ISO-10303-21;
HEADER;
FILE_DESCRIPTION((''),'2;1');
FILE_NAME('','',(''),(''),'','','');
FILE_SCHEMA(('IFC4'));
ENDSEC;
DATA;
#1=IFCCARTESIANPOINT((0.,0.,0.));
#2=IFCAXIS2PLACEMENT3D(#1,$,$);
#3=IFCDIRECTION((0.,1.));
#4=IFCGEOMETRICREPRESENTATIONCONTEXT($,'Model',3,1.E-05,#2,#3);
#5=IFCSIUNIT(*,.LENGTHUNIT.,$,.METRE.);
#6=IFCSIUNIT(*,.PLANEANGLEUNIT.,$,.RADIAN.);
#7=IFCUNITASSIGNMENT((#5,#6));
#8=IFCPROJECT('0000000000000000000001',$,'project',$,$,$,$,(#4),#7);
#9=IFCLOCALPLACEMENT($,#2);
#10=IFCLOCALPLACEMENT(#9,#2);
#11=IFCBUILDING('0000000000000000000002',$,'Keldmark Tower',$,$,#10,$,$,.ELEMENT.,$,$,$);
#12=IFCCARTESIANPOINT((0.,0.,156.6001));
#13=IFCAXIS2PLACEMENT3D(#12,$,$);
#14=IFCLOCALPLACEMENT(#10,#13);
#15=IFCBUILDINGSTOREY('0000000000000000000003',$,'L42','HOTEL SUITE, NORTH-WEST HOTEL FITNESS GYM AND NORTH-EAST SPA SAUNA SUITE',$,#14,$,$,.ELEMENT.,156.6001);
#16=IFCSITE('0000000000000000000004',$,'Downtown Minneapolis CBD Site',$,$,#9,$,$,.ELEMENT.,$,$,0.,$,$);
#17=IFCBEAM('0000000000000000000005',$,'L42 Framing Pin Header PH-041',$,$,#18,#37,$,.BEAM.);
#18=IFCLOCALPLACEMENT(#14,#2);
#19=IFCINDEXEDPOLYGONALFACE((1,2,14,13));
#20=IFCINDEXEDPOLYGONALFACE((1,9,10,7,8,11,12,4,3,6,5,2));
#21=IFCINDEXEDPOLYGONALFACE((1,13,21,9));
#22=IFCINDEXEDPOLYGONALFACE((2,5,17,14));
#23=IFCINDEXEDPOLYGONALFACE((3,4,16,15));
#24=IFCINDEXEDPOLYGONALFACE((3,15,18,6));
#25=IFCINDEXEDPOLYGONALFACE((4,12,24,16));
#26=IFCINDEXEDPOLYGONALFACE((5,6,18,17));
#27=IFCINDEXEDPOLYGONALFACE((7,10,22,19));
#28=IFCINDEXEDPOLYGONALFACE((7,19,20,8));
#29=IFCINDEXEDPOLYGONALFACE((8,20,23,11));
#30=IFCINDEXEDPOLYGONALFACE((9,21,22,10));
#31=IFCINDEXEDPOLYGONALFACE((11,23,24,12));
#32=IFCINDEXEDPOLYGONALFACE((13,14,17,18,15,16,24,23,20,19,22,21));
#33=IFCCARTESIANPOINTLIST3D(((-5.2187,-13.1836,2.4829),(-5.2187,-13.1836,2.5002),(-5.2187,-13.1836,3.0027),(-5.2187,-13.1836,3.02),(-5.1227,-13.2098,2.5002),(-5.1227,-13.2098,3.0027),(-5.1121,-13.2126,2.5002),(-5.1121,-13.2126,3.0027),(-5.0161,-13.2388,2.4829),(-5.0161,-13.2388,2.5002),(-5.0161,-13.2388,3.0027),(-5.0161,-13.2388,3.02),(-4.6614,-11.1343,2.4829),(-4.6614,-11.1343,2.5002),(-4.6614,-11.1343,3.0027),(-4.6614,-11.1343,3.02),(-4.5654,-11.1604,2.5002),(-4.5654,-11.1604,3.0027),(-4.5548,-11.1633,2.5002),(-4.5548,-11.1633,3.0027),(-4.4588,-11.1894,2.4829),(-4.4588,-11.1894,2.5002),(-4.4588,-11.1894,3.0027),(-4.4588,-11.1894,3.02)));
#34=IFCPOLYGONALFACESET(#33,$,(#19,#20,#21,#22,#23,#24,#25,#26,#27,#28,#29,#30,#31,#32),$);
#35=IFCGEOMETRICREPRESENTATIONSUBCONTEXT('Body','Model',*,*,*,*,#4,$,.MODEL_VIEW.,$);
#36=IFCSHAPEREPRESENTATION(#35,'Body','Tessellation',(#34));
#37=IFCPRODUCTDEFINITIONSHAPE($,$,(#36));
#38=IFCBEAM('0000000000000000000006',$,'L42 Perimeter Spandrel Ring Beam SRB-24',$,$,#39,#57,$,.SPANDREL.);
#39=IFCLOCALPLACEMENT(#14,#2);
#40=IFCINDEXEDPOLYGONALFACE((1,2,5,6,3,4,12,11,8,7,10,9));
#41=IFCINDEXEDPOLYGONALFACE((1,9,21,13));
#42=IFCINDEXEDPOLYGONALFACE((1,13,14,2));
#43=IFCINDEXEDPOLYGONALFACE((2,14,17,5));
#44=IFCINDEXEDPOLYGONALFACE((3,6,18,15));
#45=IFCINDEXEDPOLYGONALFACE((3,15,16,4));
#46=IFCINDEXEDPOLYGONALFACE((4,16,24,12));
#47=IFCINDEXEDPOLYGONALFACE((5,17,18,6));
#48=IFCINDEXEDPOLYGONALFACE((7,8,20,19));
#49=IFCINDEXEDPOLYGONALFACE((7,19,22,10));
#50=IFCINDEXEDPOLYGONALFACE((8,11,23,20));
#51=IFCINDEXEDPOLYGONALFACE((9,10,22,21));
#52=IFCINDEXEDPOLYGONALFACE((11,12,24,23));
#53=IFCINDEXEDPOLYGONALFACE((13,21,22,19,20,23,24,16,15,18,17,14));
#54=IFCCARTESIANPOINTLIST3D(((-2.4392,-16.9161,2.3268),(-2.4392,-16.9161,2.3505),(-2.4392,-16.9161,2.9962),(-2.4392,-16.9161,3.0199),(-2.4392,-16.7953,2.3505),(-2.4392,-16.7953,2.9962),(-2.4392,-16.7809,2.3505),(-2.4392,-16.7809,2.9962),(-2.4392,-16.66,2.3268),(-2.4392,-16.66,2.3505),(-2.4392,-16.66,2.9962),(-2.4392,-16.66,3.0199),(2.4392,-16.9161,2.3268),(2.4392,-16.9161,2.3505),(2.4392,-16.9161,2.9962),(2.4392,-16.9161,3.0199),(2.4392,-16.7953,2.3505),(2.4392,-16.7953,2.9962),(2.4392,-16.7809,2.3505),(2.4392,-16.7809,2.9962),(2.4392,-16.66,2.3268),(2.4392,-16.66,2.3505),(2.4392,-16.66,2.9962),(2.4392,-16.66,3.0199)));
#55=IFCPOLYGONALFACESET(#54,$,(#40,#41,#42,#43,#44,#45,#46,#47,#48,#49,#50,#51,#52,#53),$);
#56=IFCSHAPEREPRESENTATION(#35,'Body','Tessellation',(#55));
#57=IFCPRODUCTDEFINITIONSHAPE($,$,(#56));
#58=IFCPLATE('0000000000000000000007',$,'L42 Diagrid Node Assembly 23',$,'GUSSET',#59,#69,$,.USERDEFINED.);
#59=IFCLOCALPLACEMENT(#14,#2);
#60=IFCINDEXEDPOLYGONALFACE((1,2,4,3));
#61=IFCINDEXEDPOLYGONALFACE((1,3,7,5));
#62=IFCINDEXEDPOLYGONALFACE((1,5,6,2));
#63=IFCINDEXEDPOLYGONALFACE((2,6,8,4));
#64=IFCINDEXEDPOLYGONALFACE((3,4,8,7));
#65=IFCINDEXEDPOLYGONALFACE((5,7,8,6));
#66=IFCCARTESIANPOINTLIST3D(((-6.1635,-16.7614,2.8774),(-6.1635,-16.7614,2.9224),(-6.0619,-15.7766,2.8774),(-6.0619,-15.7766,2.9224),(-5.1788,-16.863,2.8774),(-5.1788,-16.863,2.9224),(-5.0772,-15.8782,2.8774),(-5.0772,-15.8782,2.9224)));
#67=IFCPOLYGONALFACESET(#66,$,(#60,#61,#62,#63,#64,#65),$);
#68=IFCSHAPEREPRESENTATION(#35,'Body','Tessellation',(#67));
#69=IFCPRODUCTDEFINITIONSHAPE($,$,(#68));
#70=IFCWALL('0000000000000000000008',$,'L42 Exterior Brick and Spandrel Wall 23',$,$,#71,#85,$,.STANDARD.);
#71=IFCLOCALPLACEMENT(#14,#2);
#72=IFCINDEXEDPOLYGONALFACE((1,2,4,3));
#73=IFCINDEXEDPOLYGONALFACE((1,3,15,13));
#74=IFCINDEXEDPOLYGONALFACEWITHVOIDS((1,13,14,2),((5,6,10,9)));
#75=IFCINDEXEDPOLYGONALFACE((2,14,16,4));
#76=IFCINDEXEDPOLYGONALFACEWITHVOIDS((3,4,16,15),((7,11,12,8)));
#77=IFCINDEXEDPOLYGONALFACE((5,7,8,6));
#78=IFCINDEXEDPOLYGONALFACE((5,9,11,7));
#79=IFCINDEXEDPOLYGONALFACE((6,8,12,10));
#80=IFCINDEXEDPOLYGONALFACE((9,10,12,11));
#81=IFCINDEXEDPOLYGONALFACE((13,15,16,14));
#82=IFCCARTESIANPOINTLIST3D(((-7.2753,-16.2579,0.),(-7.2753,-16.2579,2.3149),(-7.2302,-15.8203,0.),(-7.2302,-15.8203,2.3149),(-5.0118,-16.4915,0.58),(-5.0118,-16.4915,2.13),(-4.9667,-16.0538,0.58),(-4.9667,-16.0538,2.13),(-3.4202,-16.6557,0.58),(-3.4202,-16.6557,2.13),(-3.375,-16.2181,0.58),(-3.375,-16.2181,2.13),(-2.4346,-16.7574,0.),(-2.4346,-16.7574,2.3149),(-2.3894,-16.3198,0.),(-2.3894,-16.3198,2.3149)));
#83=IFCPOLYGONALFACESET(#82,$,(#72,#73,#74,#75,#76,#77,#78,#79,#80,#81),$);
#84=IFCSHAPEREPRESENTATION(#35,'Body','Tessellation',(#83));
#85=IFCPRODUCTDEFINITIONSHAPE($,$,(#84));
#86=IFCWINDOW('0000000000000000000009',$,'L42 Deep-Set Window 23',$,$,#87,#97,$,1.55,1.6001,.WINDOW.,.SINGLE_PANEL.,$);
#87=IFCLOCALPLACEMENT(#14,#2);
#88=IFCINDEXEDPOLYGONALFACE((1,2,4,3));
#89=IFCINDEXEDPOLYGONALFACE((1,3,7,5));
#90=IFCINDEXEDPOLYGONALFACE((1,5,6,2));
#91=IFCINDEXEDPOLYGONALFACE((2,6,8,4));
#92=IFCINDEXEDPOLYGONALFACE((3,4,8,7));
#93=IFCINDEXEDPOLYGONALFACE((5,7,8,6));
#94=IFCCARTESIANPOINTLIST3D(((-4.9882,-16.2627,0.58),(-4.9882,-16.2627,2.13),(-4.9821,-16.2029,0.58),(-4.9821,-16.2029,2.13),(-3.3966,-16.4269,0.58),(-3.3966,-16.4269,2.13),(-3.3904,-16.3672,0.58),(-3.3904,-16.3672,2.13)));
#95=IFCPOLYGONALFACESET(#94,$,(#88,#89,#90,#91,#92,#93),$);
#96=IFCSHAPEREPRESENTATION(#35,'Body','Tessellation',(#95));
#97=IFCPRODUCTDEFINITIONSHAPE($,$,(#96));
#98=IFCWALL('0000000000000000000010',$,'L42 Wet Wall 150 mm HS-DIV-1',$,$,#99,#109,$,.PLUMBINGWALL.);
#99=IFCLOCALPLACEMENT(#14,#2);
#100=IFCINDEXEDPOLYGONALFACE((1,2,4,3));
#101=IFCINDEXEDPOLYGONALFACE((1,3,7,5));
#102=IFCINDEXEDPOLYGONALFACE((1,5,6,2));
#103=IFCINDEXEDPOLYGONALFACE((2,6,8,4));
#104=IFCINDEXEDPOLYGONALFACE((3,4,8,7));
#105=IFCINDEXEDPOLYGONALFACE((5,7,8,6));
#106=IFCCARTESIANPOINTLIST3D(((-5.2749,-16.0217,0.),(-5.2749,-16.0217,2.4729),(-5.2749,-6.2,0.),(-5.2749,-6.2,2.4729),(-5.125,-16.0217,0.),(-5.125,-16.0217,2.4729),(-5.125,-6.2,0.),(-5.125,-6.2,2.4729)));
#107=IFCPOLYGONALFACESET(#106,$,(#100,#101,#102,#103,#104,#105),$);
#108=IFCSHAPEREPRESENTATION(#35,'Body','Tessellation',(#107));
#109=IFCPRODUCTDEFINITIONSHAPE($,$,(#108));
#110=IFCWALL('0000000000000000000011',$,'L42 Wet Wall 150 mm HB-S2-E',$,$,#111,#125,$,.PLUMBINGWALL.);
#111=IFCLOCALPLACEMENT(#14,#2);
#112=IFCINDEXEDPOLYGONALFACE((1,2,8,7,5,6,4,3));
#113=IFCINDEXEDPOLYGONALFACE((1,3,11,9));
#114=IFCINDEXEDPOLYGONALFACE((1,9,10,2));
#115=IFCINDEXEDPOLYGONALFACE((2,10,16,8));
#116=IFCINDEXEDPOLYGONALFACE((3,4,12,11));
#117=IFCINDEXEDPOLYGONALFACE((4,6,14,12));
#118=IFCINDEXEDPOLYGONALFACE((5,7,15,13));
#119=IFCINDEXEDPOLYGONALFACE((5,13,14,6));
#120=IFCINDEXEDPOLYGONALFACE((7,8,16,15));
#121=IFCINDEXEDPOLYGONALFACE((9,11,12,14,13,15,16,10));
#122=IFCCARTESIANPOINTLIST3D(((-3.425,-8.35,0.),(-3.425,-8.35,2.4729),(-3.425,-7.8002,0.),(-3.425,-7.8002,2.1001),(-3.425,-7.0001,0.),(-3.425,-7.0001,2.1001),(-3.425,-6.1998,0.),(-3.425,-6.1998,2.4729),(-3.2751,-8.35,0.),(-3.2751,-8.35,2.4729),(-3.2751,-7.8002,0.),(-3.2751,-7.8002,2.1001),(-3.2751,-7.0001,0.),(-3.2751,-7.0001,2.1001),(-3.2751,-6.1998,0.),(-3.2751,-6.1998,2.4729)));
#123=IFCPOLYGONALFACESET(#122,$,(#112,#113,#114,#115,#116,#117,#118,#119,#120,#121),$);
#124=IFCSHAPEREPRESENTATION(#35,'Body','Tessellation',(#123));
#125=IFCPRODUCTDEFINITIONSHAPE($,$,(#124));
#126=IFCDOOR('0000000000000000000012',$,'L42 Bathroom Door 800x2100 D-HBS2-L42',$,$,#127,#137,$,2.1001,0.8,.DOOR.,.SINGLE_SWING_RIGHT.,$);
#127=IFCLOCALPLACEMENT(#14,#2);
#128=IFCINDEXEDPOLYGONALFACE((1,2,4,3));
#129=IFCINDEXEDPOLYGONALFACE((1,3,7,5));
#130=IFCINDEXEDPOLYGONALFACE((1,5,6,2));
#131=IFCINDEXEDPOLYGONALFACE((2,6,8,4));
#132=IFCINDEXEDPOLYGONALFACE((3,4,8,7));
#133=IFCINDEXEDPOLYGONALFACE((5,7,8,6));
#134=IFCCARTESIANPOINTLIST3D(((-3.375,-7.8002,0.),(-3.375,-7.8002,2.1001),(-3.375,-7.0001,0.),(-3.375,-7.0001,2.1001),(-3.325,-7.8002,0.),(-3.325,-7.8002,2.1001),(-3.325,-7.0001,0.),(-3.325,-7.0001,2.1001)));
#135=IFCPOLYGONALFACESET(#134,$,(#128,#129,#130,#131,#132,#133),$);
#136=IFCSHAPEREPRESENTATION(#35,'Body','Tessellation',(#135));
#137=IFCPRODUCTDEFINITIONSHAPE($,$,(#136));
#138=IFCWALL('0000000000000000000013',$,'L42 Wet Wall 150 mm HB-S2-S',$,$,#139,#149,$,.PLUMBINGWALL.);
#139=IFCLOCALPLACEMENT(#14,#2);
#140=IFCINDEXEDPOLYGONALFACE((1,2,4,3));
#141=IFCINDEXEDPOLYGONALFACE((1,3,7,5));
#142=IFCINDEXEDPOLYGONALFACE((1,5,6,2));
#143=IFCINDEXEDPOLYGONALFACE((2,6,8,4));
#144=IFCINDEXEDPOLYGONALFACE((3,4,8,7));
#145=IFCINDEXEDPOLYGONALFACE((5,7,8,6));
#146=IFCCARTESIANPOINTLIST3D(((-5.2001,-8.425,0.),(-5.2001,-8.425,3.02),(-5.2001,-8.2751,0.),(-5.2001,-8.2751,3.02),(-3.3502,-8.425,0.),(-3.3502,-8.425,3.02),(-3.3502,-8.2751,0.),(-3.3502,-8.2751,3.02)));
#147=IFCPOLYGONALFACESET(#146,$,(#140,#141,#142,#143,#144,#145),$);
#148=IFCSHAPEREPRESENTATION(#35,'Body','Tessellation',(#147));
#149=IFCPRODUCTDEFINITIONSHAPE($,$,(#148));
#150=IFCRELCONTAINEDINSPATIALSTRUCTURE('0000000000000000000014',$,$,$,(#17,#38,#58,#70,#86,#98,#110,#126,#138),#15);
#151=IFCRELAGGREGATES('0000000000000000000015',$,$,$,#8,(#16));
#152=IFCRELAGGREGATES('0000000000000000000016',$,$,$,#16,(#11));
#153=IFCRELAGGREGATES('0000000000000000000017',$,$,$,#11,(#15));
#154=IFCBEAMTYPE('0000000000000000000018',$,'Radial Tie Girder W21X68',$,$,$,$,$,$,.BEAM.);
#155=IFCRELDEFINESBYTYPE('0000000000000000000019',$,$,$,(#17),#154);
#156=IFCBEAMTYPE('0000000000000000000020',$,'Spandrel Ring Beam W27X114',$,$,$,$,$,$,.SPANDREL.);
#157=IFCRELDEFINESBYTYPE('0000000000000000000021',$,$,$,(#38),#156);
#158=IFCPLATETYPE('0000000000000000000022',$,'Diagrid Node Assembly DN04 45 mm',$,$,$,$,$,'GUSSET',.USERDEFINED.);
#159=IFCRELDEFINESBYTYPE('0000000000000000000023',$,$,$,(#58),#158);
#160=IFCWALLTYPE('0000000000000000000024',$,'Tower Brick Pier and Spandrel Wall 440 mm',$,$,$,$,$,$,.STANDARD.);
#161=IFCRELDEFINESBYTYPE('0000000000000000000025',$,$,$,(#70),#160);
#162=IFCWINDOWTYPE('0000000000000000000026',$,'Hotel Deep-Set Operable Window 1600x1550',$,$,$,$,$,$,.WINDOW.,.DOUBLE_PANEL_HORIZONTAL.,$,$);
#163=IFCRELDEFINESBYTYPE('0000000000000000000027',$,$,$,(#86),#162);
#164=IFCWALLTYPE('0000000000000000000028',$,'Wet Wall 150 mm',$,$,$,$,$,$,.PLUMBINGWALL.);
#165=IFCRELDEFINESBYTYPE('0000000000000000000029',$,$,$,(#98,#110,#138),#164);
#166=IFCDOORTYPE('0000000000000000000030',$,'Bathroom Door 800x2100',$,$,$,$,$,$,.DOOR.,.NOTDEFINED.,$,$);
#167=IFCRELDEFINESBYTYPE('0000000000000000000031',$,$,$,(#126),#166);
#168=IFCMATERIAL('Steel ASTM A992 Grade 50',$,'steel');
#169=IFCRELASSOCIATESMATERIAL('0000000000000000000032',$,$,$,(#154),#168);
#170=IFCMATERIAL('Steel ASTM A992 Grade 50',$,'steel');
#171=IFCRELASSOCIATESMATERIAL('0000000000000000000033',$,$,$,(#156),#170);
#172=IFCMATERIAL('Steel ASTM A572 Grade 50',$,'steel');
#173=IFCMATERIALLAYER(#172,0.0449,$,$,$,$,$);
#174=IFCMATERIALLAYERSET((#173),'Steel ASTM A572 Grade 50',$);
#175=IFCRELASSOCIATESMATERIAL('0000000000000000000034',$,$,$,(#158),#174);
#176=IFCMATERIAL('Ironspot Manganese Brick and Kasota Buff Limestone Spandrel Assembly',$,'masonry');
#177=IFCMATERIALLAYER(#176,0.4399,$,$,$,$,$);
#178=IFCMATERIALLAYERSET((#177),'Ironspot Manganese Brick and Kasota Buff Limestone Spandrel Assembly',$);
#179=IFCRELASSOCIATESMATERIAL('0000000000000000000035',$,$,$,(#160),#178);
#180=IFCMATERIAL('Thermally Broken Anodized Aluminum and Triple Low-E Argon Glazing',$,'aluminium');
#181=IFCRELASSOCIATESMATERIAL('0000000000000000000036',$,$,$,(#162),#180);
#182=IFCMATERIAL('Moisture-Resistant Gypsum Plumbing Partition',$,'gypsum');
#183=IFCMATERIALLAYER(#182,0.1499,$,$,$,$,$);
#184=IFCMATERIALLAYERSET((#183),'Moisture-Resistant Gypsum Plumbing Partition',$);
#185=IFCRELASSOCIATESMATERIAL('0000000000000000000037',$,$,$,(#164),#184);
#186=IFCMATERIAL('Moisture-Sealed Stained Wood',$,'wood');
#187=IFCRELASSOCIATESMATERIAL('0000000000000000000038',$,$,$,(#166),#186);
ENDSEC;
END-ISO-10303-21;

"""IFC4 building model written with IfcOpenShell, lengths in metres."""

from ifc_helpers import new_model, si_unit, direction, frame, frame_2d, origin, origin_2d, place, context, subcontext, project, spatial, rectangle, i_section, extrude, material, layer, layer_set, material_profile, profile_set, type_object, element, fill, save


model = new_model("IFC4")

# Units and contexts
model_context = context("Model", 3, precision=1e-05, world=origin(), true_north=direction((0.0, 1.0)))
body_context = subcontext(model_context, "Body", "Model", "MODEL_VIEW")
ifc_project = project(units=[si_unit("LENGTHUNIT", "METRE"), si_unit("PLANEANGLEUNIT", "RADIAN")], contexts=[model_context])

# Site, building, storey
site_placement = place(None, origin())
site = spatial("IfcSite", under=ifc_project, at=site_placement, Name="Downtown Minneapolis CBD Site", CompositionType="ELEMENT", RefElevation=0.0)
building_placement = place(site_placement, origin())
building = spatial("IfcBuilding", under=site, at=building_placement, Name="Keldmark Tower", CompositionType="ELEMENT")
storey_placement = place(building_placement, frame((0.0, 0.0, 156.6001)))
storey = spatial("IfcBuildingStorey", under=building, at=storey_placement, Name="L42", Description="HOTEL SUITE, NORTH-WEST HOTEL FITNESS GYM AND NORTH-EAST SPA SAUNA SUITE", CompositionType="ELEMENT", Elevation=156.6001)

# Beams
ifc_material_1 = material(Name="Steel ASTM A992 Grade 50", Category="steel")
ifc_material_profile_1 = material_profile(ifc_material_1, i_section(OverallWidth=0.21, OverallDepth=0.5371, WebThickness=0.011, FlangeThickness=0.0173, at=origin_2d()), Name="W21X68")
ifc_profile_set_1 = profile_set([ifc_material_profile_1], Name="Steel ASTM A992 Grade 50")
beam_type_1 = type_object("IfcBeamType", Name="Radial Tie Girder W21X68", PredefinedType="BEAM", material=ifc_profile_set_1)
beam_1_placement = place(storey_placement, frame((-4.5601, -11.1619, 2.7515), z_axis=(-0.262446, -0.964947, 0.0), x_axis=(0.964947, -0.262446, 0.0)))
element("IfcBeam", 1, at=beam_1_placement, inside=storey, type_object=beam_type_1, Name="L42 Framing Pin Header PH-041", PredefinedType="BEAM", context=body_context, shape_type="SweptSolid", body=[
    extrude(i_section(OverallWidth=0.21, OverallDepth=0.5371, WebThickness=0.011, FlangeThickness=0.0173, at=origin_2d()), origin(), (0.0, 0.0, 1.0), 2.1238),
])
ifc_material_2 = material(Name="Steel ASTM A992 Grade 50", Category="steel")
ifc_material_profile_2 = material_profile(ifc_material_2, i_section(OverallWidth=0.2561, OverallDepth=0.6931, WebThickness=0.0144, FlangeThickness=0.0237, at=origin_2d()), Name="W27X114")
ifc_profile_set_2 = profile_set([ifc_material_profile_2], Name="Steel ASTM A992 Grade 50")
beam_type_2 = type_object("IfcBeamType", Name="Spandrel Ring Beam W27X114", PredefinedType="SPANDREL", material=ifc_profile_set_2)
beam_2_placement = place(storey_placement, frame((-2.4392, -16.7881, 2.6733), z_axis=(1.0, 0.0, 0.0), x_axis=(0.0, 1.0, 0.0)))
element("IfcBeam", 2, at=beam_2_placement, inside=storey, type_object=beam_type_2, Name="L42 Perimeter Spandrel Ring Beam SRB-24", PredefinedType="SPANDREL", context=body_context, shape_type="SweptSolid", body=[
    extrude(i_section(OverallWidth=0.2561, OverallDepth=0.6931, WebThickness=0.0144, FlangeThickness=0.0237, at=origin_2d()), origin(), (0.0, 0.0, 1.0), 4.8784),
])

# Plate
ifc_material_3 = material(Name="Steel ASTM A572 Grade 50", Category="steel")
ifc_layer_1 = layer(ifc_material_3, 0.0449)
ifc_layer_set_1 = layer_set([ifc_layer_1], Name="Steel ASTM A572 Grade 50")
plate_type = type_object("IfcPlateType", Name="Diagrid Node Assembly DN04 45 mm", ElementType="GUSSET", PredefinedType="USERDEFINED", material=ifc_layer_set_1)
plate_placement = place(storey_placement, frame((-5.6204, -16.3198, 2.8774), z_axis=(0.0, 0.0, 1.0), x_axis=(0.994721, -0.102619, 0.0)))
element("IfcPlate", 3, at=plate_placement, inside=storey, type_object=plate_type, Name="L42 Diagrid Node Assembly 23", ObjectType="GUSSET", PredefinedType="USERDEFINED", context=body_context, shape_type="SweptSolid", body=[
    extrude(rectangle(XDim=0.99, YDim=0.99, at=origin_2d()), origin(), (0.0, 0.0, 1.0), 0.0449),
])

# Wall, opening, window
ifc_material_4 = material(Name="Ironspot Manganese Brick and Kasota Buff Limestone Spandrel Assembly", Category="masonry")
ifc_layer_2 = layer(ifc_material_4, 0.4399)
ifc_layer_set_2 = layer_set([ifc_layer_2], Name="Ironspot Manganese Brick and Kasota Buff Limestone Spandrel Assembly")
wall_type_1 = type_object("IfcWallType", Name="Tower Brick Pier and Spandrel Wall 440 mm", PredefinedType="STANDARD", material=ifc_layer_set_2)
wall_1_placement = place(storey_placement, frame((-2.4121, -16.5386, 0.0), z_axis=(0.0, 0.0, 1.0), x_axis=(-0.994718, 0.102642, 0.0)))
wall_1 = element("IfcWall", 4, at=wall_1_placement, inside=storey, type_object=wall_type_1, Name="L42 Exterior Brick and Spandrel Wall 23", PredefinedType="STANDARD", context=body_context, shape_type="SweptSolid", body=[
    extrude(rectangle(XDim=4.8665, YDim=0.4399, at=frame_2d((2.4331, 0.0))), origin(), (0.0, 0.0, 1.0), 2.3149),
])
opening_1_placement = place(wall_1_placement, frame((0.9907, 0.0, 0.5801)))
opening_1 = element("IfcOpeningElement", 5, at=opening_1_placement, cuts=wall_1, PredefinedType="OPENING", context=body_context, shape_type="SweptSolid", body=[
    extrude(rectangle(XDim=1.6001, YDim=1.55, at=frame_2d((0.8, 0.7749))), frame((0.0, 0.23, 0.0), z_axis=(0.0, -1.0, 0.0), x_axis=(1.0, 0.0, 0.0)), (0.0, 0.0, 1.0), 0.46),
])
ifc_material_5 = material(Name="Thermally Broken Anodized Aluminum and Triple Low-E Argon Glazing", Category="aluminium")
window_type = type_object("IfcWindowType", Name="Hotel Deep-Set Operable Window 1600x1550", PartitioningType="DOUBLE_PANEL_HORIZONTAL", PredefinedType="WINDOW", material=ifc_material_5)
window_placement = place(opening_1_placement, origin())
window = element("IfcWindow", 6, at=window_placement, inside=storey, type_object=window_type, Name="L42 Deep-Set Window 23", OverallHeight=1.55, OverallWidth=1.6001, PartitioningType="SINGLE_PANEL", PredefinedType="WINDOW", context=body_context, shape_type="SweptSolid", body=[
    extrude(rectangle(XDim=1.6001, YDim=1.55, at=frame_2d((0.8, 0.7749))), frame((0.0, -0.01, 0.0), z_axis=(0.0, -1.0, 0.0), x_axis=(1.0, 0.0, 0.0)), (0.0, 0.0, 1.0), 0.0601),
])
fill(opening_1, window)

# Wall
ifc_material_6 = material(Name="Moisture-Resistant Gypsum Plumbing Partition", Category="gypsum")
ifc_layer_3 = layer(ifc_material_6, 0.1499)
ifc_layer_set_3 = layer_set([ifc_layer_3], Name="Moisture-Resistant Gypsum Plumbing Partition")
wall_type_2 = type_object("IfcWallType", Name="Wet Wall 150 mm", PredefinedType="PLUMBINGWALL", material=ifc_layer_set_3)
wall_2_placement = place(storey_placement, frame((-5.2, -16.0217, 0.0), z_axis=(0.0, 0.0, 1.0), x_axis=(0.0, 1.0, 0.0)))
element("IfcWall", 7, at=wall_2_placement, inside=storey, type_object=wall_type_2, Name="L42 Wet Wall 150 mm HS-DIV-1", PredefinedType="PLUMBINGWALL", context=body_context, shape_type="SweptSolid", body=[
    extrude(rectangle(XDim=9.8218, YDim=0.1499, at=frame_2d((4.9109, 0.0))), origin(), (0.0, 0.0, 1.0), 2.4729),
])

# Wall, opening, door
wall_3_placement = place(storey_placement, frame((-3.3501, -8.3501, 0.0), z_axis=(0.0, 0.0, 1.0), x_axis=(0.0, 1.0, 0.0)))
wall_3 = element("IfcWall", 8, at=wall_3_placement, inside=storey, type_object=wall_type_2, Name="L42 Wet Wall 150 mm HB-S2-E", PredefinedType="PLUMBINGWALL", context=body_context, shape_type="SweptSolid", body=[
    extrude(rectangle(XDim=2.1501, YDim=0.1499, at=frame_2d((1.0752, 0.0))), origin(), (0.0, 0.0, 1.0), 2.4729),
])
opening_2_placement = place(wall_3_placement, frame((0.55, 0.0, 0.0)))
opening_2 = element("IfcOpeningElement", 9, at=opening_2_placement, cuts=wall_3, PredefinedType="OPENING", context=body_context, shape_type="SweptSolid", body=[
    extrude(rectangle(XDim=0.8, YDim=2.1001, at=frame_2d((0.3999, 1.05))), frame((0.0, 0.085, 0.0), z_axis=(0.0, -1.0, 0.0), x_axis=(1.0, 0.0, 0.0)), (0.0, 0.0, 1.0), 0.1699),
])
ifc_material_7 = material(Name="Moisture-Sealed Stained Wood", Category="wood")
door_type = type_object("IfcDoorType", Name="Bathroom Door 800x2100", OperationType="NOTDEFINED", PredefinedType="DOOR", material=ifc_material_7)
door_placement = place(opening_2_placement, origin())
door = element("IfcDoor", 10, at=door_placement, inside=storey, type_object=door_type, Name="L42 Bathroom Door 800x2100 D-HBS2-L42", OperationType="SINGLE_SWING_RIGHT", OverallHeight=2.1001, OverallWidth=0.8, PredefinedType="DOOR", context=body_context, shape_type="SweptSolid", body=[
    extrude(rectangle(XDim=0.8, YDim=2.1001, at=frame_2d((0.3999, 1.05))), frame((0.0, 0.0249, 0.0), z_axis=(0.0, -1.0, 0.0), x_axis=(1.0, 0.0, 0.0)), (0.0, 0.0, 1.0), 0.05),
])
fill(opening_2, door)

# Wall
wall_4_placement = place(storey_placement, frame((-5.2, -8.3501, 0.0), z_axis=(0.0, 0.0, 1.0), x_axis=(1.0, 0.0, 0.0)))
element("IfcWall", 11, at=wall_4_placement, inside=storey, type_object=wall_type_2, Name="L42 Wet Wall 150 mm HB-S2-S", PredefinedType="PLUMBINGWALL", context=body_context, shape_type="SweptSolid", body=[
    extrude(rectangle(XDim=1.8499, YDim=0.1499, at=frame_2d((0.9248, 0.0))), origin(), (0.0, 0.0, 1.0), 3.02),
])

save(model, "model.ifc")
